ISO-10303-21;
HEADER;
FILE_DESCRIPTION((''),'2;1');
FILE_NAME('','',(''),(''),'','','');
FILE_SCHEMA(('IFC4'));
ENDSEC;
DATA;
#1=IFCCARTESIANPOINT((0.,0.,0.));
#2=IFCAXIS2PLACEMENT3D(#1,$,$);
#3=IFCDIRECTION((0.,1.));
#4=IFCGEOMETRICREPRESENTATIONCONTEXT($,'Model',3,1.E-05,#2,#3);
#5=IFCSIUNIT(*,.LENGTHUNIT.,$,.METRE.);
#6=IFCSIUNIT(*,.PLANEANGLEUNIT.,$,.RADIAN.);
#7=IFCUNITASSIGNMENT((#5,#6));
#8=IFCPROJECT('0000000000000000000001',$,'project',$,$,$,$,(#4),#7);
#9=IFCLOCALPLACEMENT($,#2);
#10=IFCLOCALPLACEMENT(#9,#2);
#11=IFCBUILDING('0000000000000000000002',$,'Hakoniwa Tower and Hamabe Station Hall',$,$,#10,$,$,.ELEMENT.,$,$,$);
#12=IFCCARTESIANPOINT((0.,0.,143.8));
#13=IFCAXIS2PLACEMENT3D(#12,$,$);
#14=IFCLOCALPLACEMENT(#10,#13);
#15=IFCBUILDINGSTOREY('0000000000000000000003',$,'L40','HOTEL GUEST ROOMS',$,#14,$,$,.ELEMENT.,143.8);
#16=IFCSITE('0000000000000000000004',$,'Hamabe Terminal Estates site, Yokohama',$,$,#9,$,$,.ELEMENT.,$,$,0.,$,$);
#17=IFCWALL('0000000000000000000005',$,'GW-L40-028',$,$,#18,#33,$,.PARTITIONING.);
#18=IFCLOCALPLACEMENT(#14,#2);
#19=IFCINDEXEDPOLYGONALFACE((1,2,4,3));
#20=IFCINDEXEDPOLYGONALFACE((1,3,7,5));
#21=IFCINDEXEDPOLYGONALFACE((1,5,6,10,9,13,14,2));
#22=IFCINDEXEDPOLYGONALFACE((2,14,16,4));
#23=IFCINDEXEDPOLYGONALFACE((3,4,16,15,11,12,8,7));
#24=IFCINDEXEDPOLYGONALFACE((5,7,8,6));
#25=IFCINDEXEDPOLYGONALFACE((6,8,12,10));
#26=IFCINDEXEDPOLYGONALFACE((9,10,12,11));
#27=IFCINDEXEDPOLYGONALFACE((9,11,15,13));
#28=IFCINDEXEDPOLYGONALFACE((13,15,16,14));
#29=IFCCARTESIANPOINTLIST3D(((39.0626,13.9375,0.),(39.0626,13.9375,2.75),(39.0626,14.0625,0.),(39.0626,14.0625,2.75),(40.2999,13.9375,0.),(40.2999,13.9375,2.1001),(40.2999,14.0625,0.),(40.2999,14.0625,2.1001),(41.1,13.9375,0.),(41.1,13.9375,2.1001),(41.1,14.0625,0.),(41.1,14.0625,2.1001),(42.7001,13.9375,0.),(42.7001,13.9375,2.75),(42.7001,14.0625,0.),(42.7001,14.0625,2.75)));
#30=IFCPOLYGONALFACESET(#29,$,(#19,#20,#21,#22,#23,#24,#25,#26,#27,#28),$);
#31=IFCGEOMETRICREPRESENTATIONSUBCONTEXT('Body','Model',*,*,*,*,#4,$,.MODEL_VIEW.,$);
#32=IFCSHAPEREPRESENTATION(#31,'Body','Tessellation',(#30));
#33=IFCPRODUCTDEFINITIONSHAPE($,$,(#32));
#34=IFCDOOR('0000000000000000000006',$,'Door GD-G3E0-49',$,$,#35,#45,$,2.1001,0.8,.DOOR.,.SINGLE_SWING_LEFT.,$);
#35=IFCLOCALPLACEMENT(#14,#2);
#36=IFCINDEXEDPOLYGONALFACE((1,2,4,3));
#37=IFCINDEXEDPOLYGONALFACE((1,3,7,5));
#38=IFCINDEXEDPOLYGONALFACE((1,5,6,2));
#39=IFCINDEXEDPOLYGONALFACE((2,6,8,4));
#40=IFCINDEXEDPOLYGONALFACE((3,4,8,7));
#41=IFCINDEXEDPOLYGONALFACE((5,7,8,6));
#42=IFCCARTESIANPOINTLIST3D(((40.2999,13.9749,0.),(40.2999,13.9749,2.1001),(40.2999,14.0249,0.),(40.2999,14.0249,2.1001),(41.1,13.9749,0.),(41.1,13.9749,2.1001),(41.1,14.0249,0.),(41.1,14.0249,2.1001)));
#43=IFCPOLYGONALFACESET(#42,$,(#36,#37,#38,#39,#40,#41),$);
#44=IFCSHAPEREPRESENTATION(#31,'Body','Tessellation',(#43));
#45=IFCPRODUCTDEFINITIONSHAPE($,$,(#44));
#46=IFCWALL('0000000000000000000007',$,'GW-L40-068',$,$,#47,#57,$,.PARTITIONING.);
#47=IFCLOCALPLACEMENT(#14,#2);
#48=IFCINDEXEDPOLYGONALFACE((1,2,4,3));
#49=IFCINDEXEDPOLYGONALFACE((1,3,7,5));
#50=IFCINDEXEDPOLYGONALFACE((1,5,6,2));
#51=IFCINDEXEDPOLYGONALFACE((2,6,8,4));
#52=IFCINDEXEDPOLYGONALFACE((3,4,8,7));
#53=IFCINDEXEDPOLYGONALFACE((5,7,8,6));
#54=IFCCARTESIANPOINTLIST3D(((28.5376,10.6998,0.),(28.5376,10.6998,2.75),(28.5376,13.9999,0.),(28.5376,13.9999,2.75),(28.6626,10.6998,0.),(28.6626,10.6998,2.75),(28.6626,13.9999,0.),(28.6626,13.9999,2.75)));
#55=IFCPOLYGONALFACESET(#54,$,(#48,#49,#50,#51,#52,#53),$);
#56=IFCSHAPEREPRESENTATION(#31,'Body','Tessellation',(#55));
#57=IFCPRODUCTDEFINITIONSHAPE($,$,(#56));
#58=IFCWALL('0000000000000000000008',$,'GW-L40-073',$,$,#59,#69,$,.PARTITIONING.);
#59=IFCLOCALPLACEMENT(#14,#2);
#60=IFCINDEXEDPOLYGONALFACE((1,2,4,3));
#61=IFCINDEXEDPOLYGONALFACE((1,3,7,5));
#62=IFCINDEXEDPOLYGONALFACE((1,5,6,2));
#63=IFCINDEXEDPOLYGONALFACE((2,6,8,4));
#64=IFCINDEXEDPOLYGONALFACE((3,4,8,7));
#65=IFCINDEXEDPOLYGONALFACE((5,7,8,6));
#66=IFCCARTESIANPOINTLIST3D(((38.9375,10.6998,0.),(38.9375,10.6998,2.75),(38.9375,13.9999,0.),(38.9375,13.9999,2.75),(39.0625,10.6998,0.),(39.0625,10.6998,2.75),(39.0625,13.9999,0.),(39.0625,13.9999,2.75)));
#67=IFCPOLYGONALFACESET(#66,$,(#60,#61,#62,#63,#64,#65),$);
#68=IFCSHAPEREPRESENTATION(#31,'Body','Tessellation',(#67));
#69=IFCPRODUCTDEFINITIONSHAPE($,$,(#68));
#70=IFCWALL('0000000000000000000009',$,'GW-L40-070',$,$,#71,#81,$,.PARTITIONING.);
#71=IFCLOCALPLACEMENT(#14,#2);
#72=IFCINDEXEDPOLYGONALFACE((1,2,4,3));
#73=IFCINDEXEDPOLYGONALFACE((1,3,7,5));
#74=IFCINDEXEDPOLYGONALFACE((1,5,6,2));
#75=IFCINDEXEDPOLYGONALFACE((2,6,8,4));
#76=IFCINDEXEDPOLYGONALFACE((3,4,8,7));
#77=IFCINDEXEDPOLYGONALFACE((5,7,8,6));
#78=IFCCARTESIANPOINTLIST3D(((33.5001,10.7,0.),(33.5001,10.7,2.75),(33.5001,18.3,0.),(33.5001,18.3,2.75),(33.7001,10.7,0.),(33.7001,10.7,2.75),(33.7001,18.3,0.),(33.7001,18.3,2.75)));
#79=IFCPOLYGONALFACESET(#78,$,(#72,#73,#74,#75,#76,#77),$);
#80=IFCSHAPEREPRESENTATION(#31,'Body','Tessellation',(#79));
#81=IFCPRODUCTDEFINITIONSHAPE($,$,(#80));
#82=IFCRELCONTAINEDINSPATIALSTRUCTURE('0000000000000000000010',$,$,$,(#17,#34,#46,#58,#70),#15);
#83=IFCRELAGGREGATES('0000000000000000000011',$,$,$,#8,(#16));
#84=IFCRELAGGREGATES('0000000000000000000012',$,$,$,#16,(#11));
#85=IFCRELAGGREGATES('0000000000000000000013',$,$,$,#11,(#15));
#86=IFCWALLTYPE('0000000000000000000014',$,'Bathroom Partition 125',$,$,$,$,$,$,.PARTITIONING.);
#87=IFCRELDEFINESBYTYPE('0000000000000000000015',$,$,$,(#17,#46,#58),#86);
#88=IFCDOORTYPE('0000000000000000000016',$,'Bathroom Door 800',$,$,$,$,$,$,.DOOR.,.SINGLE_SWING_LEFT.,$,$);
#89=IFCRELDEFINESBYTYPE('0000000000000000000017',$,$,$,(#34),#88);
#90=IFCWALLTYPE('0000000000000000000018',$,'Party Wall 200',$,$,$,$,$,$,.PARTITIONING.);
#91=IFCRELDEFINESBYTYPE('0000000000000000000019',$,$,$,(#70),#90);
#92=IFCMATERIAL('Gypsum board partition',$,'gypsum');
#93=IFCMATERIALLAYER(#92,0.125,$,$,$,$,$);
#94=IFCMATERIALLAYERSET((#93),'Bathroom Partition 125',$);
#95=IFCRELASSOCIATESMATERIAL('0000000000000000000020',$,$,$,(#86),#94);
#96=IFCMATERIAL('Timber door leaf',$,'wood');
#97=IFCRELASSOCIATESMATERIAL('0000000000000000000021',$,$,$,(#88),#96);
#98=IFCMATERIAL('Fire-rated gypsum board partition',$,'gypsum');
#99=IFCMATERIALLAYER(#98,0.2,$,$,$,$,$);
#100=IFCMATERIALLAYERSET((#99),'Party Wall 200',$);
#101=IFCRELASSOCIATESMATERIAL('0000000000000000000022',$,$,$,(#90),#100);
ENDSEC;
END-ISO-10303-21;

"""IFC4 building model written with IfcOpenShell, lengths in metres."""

from ifc_helpers import new_model, si_unit, direction, frame, frame_2d, origin, place, context, subcontext, project, spatial, rectangle, extrude, material, layer, layer_set, type_object, element, fill, save


model = new_model("IFC4")

# Units and contexts
model_context = context("Model", 3, precision=1e-05, world=origin(), true_north=direction((0.0, 1.0)))
body_context = subcontext(model_context, "Body", "Model", "MODEL_VIEW")
ifc_project = project(units=[si_unit("LENGTHUNIT", "METRE"), si_unit("PLANEANGLEUNIT", "RADIAN")], contexts=[model_context])

# Site, building, storey
site_placement = place(None, origin())
site = spatial("IfcSite", under=ifc_project, at=site_placement, Name="Hamabe Terminal Estates site, Yokohama", CompositionType="ELEMENT", RefElevation=0.0)
building_placement = place(site_placement, origin())
building = spatial("IfcBuilding", under=site, at=building_placement, Name="Hakoniwa Tower and Hamabe Station Hall", CompositionType="ELEMENT")
storey_placement = place(building_placement, frame((0.0, 0.0, 143.8)))
storey = spatial("IfcBuildingStorey", under=building, at=storey_placement, Name="L40", Description="HOTEL GUEST ROOMS", CompositionType="ELEMENT", Elevation=143.8)

# Wall, opening, door
ifc_material_1 = material(Name="Gypsum board partition", Category="gypsum")
ifc_layer_1 = layer(ifc_material_1, 0.125)
ifc_layer_set_1 = layer_set([ifc_layer_1], Name="Bathroom Partition 125")
wall_type_1 = type_object("IfcWallType", Name="Bathroom Partition 125", PredefinedType="PARTITIONING", material=ifc_layer_set_1)
ifc_material_2 = material(Name="Timber door leaf", Category="wood")
door_type = type_object("IfcDoorType", Name="Bathroom Door 800", OperationType="SINGLE_SWING_LEFT", PredefinedType="DOOR", material=ifc_material_2)
wall_1_placement = place(storey_placement, frame((39.0625, 14.0, 0.0), z_axis=(0.0, 0.0, 1.0), x_axis=(1.0, 0.0, 0.0)))
wall_1 = element("IfcWall", 1, at=wall_1_placement, inside=storey, type_object=wall_type_1, Name="GW-L40-028", PredefinedType="PARTITIONING", context=body_context, shape_type="SweptSolid", body=[
    extrude(rectangle(XDim=3.6375, YDim=0.125, at=frame_2d((1.8188, 0.0))), origin(), (0.0, 0.0, 1.0), 2.75),
])
opening_1_placement = place(wall_1_placement, frame((1.2375, 0.0, 0.0)))
opening_1 = element("IfcOpeningElement", 2, at=opening_1_placement, cuts=wall_1, PredefinedType="OPENING", context=body_context, shape_type="SweptSolid", body=[
    extrude(rectangle(XDim=0.8, YDim=2.1001, at=frame_2d((0.3999, 1.05))), frame((0.0, 0.0725, 0.0), z_axis=(0.0, -1.0, 0.0), x_axis=(1.0, 0.0, 0.0)), (0.0, 0.0, 1.0), 0.145),
])
door_1_placement = place(opening_1_placement, origin())
door_1 = element("IfcDoor", 3, at=door_1_placement, inside=storey, type_object=door_type, Name="Door GD-G3E0-49", OperationType="SINGLE_SWING_LEFT", OverallHeight=2.1001, OverallWidth=0.8, PredefinedType="DOOR", context=body_context, shape_type="SweptSolid", body=[
    extrude(rectangle(XDim=0.8, YDim=2.1001, at=frame_2d((0.3999, 1.05))), frame((0.0, 0.0249, 0.0), z_axis=(0.0, -1.0, 0.0), x_axis=(1.0, 0.0, 0.0)), (0.0, 0.0, 1.0), 0.05),
])
fill(opening_1, door_1)

# Walls
for number, where, z_axis, x_axis, name in (
    (4, (28.6001, 10.7, 0.0), (0.0, 0.0, 1.0), (0.0, 1.0, 0.0), "GW-L40-068"),
    (5, (39.0, 10.7, 0.0), (0.0, 0.0, 1.0), (0.0, 1.0, 0.0), "GW-L40-073"),
):
    element("IfcWall", number, at=place(storey_placement, frame(where, z_axis=z_axis, x_axis=x_axis)), inside=storey, type_object=wall_type_1, Name=name, PredefinedType="PARTITIONING", context=body_context, shape_type="SweptSolid", body=[
        extrude(rectangle(XDim=3.3, YDim=0.125, at=frame_2d((1.6499, 0.0))), origin(), (0.0, 0.0, 1.0), 2.75),
    ])
ifc_material_3 = material(Name="Fire-rated gypsum board partition", Category="gypsum")
ifc_layer_2 = layer(ifc_material_3, 0.2)
ifc_layer_set_2 = layer_set([ifc_layer_2], Name="Party Wall 200")
wall_type_2 = type_object("IfcWallType", Name="Party Wall 200", PredefinedType="PARTITIONING", material=ifc_layer_set_2)
wall_2_placement = place(storey_placement, frame((33.6001, 10.7, 0.0), z_axis=(0.0, 0.0, 1.0), x_axis=(0.0, 1.0, 0.0)))
element("IfcWall", 6, at=wall_2_placement, inside=storey, type_object=wall_type_2, Name="GW-L40-070", PredefinedType="PARTITIONING", context=body_context, shape_type="SweptSolid", body=[
    extrude(rectangle(XDim=7.6001, YDim=0.2, at=frame_2d((3.8, 0.0))), origin(), (0.0, 0.0, 1.0), 2.75),
])

save(model, "model.ifc")
